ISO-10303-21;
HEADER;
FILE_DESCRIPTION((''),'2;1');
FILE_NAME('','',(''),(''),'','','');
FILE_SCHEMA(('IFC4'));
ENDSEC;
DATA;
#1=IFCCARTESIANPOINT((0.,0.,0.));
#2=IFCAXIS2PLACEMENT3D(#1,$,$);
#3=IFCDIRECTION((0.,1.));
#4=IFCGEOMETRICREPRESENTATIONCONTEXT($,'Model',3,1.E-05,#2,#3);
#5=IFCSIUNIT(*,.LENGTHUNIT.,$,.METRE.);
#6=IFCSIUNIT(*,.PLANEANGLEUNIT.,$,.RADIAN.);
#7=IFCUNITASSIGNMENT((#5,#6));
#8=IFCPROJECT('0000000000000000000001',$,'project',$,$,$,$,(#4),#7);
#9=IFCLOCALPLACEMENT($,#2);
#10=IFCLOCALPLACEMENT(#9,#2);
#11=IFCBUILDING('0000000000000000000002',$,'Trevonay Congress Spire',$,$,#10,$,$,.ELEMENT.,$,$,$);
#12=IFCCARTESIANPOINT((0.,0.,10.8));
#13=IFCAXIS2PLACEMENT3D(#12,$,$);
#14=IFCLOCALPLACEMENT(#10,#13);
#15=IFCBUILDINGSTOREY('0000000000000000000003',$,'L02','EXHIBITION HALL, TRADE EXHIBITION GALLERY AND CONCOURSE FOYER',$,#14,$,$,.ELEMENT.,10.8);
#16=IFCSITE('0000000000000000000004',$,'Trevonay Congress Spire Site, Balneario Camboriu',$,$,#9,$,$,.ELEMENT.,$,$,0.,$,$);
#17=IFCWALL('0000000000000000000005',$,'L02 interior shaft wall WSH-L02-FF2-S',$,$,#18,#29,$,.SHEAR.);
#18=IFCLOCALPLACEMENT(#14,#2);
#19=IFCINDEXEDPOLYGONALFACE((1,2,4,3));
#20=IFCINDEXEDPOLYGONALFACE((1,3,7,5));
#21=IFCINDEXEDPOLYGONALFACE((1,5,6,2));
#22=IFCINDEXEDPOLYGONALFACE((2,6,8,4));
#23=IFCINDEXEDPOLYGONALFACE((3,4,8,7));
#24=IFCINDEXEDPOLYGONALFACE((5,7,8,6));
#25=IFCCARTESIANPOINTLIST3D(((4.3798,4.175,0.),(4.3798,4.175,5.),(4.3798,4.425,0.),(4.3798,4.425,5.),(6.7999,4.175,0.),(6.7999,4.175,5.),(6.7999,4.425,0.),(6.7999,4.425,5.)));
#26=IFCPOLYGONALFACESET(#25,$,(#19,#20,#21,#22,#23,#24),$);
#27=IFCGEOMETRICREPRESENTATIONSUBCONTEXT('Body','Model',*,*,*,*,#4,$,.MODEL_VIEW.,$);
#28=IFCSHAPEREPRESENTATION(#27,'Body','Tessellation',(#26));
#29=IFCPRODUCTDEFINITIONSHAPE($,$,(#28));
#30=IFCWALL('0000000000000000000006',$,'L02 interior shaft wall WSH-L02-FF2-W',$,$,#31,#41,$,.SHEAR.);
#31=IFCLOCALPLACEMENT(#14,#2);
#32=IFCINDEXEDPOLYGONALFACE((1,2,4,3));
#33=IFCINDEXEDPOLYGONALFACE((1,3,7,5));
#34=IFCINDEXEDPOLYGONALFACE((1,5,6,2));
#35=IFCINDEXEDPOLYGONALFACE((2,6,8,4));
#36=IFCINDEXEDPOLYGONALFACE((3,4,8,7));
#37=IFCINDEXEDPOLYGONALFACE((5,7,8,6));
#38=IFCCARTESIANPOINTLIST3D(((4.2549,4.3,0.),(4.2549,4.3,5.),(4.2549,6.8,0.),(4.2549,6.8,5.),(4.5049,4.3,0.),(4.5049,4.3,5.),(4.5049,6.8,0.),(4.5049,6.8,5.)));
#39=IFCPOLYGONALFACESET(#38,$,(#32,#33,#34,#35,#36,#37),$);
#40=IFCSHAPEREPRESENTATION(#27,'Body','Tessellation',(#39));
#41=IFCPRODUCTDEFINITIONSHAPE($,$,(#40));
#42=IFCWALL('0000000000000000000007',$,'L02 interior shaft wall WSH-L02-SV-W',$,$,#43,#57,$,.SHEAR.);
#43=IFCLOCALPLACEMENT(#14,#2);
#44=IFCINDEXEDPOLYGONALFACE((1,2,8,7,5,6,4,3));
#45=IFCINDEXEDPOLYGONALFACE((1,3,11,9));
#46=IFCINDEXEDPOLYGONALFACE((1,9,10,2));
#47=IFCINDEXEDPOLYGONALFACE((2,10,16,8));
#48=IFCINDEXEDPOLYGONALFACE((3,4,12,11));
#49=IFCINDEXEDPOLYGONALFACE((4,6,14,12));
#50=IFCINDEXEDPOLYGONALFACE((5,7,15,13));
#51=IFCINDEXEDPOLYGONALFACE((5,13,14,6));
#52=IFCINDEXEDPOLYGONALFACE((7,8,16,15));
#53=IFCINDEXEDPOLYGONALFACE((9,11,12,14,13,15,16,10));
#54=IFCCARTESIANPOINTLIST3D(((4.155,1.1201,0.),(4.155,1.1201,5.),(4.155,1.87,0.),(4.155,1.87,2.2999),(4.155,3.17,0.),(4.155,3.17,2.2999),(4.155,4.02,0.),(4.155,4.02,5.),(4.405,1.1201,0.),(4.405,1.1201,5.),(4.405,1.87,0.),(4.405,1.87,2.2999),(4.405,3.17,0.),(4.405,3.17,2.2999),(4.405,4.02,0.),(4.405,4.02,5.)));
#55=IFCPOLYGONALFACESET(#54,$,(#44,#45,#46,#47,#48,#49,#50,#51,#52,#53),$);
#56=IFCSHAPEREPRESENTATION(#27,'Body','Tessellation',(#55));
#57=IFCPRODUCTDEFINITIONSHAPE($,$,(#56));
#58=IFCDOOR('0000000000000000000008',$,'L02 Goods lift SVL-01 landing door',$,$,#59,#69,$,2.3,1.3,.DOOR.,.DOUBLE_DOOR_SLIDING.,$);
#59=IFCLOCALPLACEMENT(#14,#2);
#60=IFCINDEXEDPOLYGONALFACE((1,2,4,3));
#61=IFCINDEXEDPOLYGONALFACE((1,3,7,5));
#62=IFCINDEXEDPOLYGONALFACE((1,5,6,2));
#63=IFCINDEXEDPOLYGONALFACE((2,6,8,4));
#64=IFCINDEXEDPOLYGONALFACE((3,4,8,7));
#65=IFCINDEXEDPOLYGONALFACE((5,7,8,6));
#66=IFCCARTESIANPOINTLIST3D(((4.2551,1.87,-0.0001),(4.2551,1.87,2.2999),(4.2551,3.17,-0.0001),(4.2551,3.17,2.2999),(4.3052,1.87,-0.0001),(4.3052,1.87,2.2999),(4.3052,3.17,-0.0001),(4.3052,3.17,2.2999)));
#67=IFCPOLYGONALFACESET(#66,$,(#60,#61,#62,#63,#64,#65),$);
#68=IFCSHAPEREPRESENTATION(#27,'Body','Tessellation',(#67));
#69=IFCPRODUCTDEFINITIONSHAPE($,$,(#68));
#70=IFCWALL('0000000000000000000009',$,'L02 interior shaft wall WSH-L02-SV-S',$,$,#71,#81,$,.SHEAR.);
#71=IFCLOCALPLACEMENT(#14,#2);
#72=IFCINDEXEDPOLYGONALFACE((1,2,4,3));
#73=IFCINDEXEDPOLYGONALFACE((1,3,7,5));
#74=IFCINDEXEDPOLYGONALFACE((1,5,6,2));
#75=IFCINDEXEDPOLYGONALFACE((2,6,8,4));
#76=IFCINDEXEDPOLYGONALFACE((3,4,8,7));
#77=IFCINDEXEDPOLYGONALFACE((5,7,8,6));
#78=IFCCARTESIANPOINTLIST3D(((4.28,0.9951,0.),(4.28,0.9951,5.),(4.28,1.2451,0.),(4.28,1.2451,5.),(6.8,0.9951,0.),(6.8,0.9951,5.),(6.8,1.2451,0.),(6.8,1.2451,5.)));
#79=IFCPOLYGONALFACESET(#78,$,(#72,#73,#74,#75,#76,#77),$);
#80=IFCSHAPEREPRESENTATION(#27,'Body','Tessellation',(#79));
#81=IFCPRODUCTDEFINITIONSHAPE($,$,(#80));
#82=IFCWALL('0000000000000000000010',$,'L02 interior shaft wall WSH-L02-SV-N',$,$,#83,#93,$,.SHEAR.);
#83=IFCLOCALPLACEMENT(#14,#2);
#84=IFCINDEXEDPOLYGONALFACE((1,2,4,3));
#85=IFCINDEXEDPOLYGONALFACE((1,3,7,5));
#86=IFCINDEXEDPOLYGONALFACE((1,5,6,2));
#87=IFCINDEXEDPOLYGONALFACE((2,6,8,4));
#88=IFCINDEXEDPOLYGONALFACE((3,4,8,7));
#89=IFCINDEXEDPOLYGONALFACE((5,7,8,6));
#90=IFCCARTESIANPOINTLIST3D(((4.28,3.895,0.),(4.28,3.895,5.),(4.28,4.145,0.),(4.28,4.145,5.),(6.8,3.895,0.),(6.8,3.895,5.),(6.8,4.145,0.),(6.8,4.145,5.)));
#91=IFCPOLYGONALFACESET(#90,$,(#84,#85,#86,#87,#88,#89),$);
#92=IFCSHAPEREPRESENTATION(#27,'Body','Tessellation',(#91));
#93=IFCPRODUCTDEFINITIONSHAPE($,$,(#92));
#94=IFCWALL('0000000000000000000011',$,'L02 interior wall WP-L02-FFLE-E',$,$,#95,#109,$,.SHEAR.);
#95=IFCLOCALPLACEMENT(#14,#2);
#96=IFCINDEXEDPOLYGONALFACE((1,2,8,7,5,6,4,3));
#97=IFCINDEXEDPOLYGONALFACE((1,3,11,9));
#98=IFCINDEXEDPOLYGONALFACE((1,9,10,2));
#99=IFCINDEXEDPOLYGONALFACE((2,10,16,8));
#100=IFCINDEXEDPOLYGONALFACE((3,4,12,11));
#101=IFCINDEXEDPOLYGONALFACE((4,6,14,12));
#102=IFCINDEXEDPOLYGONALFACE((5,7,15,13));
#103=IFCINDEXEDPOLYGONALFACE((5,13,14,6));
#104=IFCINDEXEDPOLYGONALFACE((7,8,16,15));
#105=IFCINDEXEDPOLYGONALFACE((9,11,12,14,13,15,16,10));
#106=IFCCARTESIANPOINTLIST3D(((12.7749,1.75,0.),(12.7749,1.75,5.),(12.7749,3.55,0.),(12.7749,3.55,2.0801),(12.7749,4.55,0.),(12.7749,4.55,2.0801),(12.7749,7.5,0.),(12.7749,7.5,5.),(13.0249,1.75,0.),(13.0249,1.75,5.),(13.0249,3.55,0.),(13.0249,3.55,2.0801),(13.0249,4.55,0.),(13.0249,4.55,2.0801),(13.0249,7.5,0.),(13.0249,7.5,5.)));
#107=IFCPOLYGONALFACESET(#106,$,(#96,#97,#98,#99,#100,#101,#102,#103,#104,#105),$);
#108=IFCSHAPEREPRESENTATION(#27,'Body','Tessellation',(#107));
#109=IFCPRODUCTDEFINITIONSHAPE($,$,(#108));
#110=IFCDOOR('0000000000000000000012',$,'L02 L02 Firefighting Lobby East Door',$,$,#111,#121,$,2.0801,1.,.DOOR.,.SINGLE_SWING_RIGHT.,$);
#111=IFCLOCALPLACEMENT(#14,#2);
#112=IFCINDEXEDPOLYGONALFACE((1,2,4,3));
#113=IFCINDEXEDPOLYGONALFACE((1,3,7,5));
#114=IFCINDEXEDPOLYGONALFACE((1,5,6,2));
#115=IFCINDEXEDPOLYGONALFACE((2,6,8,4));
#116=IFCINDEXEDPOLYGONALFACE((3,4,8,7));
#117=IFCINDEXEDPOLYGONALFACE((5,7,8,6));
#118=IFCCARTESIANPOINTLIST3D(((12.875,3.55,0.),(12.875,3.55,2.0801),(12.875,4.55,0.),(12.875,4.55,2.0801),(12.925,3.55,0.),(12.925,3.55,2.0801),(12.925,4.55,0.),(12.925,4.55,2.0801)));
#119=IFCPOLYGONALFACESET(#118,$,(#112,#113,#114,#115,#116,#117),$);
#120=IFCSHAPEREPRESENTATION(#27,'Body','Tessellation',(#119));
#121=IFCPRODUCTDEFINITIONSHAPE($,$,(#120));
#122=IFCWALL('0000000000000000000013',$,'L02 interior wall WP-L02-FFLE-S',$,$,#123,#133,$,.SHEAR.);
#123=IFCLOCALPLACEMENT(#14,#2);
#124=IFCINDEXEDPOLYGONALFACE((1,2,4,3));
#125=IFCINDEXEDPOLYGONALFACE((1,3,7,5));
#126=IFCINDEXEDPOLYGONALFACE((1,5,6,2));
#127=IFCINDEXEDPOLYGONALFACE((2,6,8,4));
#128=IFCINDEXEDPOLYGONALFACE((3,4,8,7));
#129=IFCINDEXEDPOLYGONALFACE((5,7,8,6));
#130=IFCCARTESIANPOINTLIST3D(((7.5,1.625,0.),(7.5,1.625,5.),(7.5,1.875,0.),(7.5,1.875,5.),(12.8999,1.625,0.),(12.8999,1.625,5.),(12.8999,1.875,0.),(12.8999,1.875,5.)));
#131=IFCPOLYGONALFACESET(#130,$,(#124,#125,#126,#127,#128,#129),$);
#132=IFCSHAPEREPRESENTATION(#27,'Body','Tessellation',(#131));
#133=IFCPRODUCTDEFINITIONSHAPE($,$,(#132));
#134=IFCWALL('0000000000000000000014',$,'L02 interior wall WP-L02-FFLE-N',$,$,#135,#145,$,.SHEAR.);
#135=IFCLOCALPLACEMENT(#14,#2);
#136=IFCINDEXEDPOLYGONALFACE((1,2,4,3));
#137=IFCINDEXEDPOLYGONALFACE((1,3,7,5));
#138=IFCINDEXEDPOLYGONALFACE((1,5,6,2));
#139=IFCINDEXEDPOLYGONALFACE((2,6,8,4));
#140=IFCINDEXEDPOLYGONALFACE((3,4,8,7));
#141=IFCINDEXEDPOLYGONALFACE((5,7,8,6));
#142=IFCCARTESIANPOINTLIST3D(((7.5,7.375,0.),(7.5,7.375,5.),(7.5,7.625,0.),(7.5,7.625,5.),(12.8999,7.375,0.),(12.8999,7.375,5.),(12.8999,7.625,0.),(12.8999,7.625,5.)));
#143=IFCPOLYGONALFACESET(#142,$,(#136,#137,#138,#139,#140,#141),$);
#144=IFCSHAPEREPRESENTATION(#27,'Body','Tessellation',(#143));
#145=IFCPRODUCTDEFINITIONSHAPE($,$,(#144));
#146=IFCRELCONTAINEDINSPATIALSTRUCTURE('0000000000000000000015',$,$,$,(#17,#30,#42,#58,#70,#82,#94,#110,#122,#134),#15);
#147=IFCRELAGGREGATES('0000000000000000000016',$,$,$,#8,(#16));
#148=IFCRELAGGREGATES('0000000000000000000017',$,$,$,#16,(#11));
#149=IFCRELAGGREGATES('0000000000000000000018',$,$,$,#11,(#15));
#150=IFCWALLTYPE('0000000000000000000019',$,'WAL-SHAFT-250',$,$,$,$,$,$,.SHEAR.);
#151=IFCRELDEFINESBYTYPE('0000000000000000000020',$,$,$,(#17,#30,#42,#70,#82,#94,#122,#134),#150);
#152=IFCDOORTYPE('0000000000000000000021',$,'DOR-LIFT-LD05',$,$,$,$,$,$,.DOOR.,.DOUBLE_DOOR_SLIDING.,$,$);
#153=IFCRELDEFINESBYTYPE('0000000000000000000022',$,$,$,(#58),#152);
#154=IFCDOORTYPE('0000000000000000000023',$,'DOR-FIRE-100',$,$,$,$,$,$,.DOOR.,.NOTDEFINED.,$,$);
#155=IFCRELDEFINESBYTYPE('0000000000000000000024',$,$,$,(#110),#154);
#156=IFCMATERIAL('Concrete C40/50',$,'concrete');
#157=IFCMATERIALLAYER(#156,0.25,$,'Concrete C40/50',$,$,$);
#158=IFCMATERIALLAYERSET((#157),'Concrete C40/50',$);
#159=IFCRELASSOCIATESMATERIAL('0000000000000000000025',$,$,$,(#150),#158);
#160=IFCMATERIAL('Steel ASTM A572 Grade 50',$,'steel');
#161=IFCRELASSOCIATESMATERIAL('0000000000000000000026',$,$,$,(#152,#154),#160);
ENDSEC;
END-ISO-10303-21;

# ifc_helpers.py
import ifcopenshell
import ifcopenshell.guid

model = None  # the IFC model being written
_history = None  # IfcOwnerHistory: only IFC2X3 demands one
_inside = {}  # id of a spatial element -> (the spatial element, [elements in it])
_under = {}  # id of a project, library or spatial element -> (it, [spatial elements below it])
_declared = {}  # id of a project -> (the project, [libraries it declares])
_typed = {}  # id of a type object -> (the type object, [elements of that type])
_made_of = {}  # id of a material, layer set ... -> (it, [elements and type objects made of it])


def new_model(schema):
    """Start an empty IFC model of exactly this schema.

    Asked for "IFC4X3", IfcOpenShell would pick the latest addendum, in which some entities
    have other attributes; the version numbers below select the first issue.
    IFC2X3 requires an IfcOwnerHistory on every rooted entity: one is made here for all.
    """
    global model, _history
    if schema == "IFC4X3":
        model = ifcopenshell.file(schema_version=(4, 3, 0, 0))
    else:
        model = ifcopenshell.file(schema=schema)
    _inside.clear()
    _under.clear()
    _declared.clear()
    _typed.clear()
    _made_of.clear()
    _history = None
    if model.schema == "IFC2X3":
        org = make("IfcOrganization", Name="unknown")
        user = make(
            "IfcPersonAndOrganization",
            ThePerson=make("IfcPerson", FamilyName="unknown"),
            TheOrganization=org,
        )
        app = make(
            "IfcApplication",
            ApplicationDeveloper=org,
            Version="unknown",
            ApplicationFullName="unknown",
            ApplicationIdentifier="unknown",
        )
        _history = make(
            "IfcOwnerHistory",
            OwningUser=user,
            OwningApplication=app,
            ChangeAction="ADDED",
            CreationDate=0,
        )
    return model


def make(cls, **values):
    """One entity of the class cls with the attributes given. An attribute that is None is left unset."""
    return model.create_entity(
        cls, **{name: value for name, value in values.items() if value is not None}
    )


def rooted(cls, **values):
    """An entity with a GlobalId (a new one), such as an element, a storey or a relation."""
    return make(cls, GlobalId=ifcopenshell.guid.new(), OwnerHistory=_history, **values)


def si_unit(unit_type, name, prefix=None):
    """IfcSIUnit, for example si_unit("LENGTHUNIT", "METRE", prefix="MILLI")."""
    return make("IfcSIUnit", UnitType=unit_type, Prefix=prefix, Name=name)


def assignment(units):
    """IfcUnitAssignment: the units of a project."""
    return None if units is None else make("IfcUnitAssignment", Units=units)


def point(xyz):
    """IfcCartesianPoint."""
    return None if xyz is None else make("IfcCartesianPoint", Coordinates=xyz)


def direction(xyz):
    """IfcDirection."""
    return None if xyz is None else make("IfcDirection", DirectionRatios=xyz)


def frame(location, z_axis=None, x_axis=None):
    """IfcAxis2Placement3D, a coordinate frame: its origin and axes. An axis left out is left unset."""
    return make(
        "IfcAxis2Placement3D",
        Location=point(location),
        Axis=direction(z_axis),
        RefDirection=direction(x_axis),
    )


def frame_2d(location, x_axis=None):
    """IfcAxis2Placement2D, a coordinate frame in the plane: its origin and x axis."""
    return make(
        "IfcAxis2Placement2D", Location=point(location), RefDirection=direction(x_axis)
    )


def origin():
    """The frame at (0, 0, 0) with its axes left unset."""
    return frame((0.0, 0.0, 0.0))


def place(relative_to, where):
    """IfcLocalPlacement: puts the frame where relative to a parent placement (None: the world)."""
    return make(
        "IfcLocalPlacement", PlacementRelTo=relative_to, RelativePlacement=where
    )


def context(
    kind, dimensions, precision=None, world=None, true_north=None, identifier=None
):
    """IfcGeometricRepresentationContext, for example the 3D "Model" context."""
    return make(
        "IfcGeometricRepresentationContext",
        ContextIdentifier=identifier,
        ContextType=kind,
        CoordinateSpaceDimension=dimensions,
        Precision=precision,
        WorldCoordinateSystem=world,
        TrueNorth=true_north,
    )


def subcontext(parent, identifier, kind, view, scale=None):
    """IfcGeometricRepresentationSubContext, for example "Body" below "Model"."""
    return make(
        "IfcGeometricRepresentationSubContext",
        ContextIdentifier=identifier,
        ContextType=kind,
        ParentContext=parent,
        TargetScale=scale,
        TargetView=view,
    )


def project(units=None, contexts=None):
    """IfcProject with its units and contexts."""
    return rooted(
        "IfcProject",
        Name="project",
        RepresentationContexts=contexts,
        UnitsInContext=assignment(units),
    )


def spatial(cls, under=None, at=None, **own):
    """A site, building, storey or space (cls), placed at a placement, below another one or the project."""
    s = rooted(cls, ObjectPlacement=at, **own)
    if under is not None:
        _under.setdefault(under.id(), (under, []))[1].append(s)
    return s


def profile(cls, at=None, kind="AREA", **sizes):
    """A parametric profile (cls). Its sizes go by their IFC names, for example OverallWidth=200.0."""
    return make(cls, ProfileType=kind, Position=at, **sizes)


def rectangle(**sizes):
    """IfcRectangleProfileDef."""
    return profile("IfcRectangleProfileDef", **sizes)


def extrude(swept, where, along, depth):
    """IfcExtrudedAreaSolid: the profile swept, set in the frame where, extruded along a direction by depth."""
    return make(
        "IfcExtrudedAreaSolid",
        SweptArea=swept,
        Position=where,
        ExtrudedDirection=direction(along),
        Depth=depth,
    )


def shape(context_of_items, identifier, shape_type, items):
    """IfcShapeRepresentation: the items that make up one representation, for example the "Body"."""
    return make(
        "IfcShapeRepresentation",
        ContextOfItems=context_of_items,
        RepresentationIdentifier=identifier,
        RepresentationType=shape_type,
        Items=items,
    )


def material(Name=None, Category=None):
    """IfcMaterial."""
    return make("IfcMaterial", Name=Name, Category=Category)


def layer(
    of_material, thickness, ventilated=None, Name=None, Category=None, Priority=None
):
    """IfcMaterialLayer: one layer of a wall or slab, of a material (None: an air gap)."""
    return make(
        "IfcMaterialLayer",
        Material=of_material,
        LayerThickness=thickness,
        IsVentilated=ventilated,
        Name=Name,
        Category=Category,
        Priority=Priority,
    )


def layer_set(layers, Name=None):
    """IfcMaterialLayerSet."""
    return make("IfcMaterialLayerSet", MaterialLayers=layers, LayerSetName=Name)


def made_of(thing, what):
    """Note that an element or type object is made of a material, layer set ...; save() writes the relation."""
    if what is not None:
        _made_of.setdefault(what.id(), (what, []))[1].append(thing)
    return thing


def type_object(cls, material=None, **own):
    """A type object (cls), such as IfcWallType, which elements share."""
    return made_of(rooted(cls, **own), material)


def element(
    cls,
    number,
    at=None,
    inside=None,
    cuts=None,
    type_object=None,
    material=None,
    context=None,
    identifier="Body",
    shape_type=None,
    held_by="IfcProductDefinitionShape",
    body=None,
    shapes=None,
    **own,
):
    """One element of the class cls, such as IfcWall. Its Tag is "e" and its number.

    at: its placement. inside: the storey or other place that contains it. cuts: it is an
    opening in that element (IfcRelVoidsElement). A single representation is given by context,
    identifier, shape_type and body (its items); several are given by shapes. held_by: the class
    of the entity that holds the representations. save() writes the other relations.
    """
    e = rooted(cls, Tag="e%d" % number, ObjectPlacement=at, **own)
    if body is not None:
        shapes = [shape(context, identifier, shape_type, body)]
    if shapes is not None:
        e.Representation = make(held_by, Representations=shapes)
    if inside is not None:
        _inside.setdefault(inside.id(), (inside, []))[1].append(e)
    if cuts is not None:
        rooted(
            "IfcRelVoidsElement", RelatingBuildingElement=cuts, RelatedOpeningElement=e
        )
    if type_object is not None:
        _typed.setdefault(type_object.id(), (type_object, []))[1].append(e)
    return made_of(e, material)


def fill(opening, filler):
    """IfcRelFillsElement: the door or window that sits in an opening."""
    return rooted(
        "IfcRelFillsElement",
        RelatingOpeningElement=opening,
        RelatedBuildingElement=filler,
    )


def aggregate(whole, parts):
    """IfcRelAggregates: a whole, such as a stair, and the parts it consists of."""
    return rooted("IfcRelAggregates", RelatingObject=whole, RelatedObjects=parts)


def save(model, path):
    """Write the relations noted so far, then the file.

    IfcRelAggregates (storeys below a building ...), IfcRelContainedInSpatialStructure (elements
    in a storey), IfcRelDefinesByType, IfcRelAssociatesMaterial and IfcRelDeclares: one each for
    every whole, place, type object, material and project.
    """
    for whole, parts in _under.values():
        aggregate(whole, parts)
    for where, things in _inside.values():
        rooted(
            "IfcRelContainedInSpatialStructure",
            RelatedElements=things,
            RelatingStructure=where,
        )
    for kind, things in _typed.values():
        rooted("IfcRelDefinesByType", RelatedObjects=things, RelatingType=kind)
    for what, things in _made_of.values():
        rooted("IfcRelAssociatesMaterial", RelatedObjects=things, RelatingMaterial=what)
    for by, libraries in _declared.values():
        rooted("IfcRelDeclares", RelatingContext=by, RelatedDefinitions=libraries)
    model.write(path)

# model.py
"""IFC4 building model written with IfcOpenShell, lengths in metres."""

from ifc_helpers import new_model, si_unit, direction, frame, frame_2d, origin, place, context, subcontext, project, spatial, rectangle, extrude, material, layer, layer_set, type_object, element, fill, save


model = new_model("IFC4")

# Units and contexts
model_context = context("Model", 3, precision=1e-05, world=origin(), true_north=direction((0.0, 1.0)))
body_context = subcontext(model_context, "Body", "Model", "MODEL_VIEW")
ifc_project = project(units=[si_unit("LENGTHUNIT", "METRE"), si_unit("PLANEANGLEUNIT", "RADIAN")], contexts=[model_context])

# Site, building, storey
site_placement = place(None, origin())
site = spatial("IfcSite", under=ifc_project, at=site_placement, Name="Trevonay Congress Spire Site, Balneario Camboriu", CompositionType="ELEMENT", RefElevation=0.0)
building_placement = place(site_placement, origin())
building = spatial("IfcBuilding", under=site, at=building_placement, Name="Trevonay Congress Spire", CompositionType="ELEMENT")
storey_placement = place(building_placement, frame((0.0, 0.0, 10.8)))
storey = spatial("IfcBuildingStorey", under=building, at=storey_placement, Name="L02", Description="EXHIBITION HALL, TRADE EXHIBITION GALLERY AND CONCOURSE FOYER", CompositionType="ELEMENT", Elevation=10.8)

# Shared definitions
ifc_material_1 = material(Name="Steel ASTM A572 Grade 50", Category="steel")

# Walls
ifc_material_2 = material(Name="Concrete C40/50", Category="concrete")
ifc_layer = layer(ifc_material_2, 0.25, Name="Concrete C40/50")
ifc_layer_set = layer_set([ifc_layer], Name="Concrete C40/50")
wall_type = type_object("IfcWallType", Name="WAL-SHAFT-250", PredefinedType="SHEAR", material=ifc_layer_set)
wall_1_placement = place(storey_placement, frame((4.3799, 4.3, 0.0), z_axis=(0.0, 0.0, 1.0), x_axis=(1.0, 0.0, 0.0)))
element("IfcWall", 1, at=wall_1_placement, inside=storey, type_object=wall_type, Name="L02 interior shaft wall WSH-L02-FF2-S", PredefinedType="SHEAR", context=body_context, shape_type="SweptSolid", body=[
    extrude(rectangle(XDim=2.4202, YDim=0.25, at=frame_2d((1.21, 0.0))), origin(), (0.0, 0.0, 1.0), 5.0),
])
wall_2_placement = place(storey_placement, frame((4.3799, 4.3, 0.0), z_axis=(0.0, 0.0, 1.0), x_axis=(0.0, 1.0, 0.0)))
element("IfcWall", 2, at=wall_2_placement, inside=storey, type_object=wall_type, Name="L02 interior shaft wall WSH-L02-FF2-W", PredefinedType="SHEAR", context=body_context, shape_type="SweptSolid", body=[
    extrude(rectangle(XDim=2.5, YDim=0.25, at=frame_2d((1.25, 0.0))), origin(), (0.0, 0.0, 1.0), 5.0),
])

# Wall, opening, door
wall_3_placement = place(storey_placement, frame((4.28, 1.1201, 0.0), z_axis=(0.0, 0.0, 1.0), x_axis=(0.0, 1.0, 0.0)))
wall_3 = element("IfcWall", 3, at=wall_3_placement, inside=storey, type_object=wall_type, Name="L02 interior shaft wall WSH-L02-SV-W", PredefinedType="SHEAR", context=body_context, shape_type="SweptSolid", body=[
    extrude(rectangle(XDim=2.8999, YDim=0.25, at=frame_2d((1.45, 0.0))), origin(), (0.0, 0.0, 1.0), 5.0),
])
opening_1_placement = place(wall_3_placement, frame((0.75, 0.0, 0.0)))
opening_1 = element("IfcOpeningElement", 4, at=opening_1_placement, cuts=wall_3, PredefinedType="OPENING", context=body_context, shape_type="SweptSolid", body=[
    extrude(rectangle(XDim=1.3, YDim=2.3, at=frame_2d((0.6499, 1.1499))), frame((0.0, 0.135, 0.0), z_axis=(0.0, -1.0, 0.0), x_axis=(1.0, 0.0, 0.0)), (0.0, 0.0, 1.0), 0.27),
])
door_type_1 = type_object("IfcDoorType", Name="DOR-LIFT-LD05", OperationType="DOUBLE_DOOR_SLIDING", PredefinedType="DOOR", material=ifc_material_1)
door_1_placement = place(opening_1_placement, origin())
door_1 = element("IfcDoor", 5, at=door_1_placement, inside=storey, type_object=door_type_1, Name="L02 Goods lift SVL-01 landing door", OperationType="DOUBLE_DOOR_SLIDING", OverallHeight=2.3, OverallWidth=1.3, PredefinedType="DOOR", context=body_context, shape_type="SweptSolid", body=[
    extrude(rectangle(XDim=1.3, YDim=2.3, at=frame_2d((0.6499, 1.1499))), frame((0.0, 0.0249, 0.0), z_axis=(0.0, -1.0, 0.0), x_axis=(1.0, 0.0, 0.0)), (0.0, 0.0, 1.0), 0.05),
])
fill(opening_1, door_1)

# Walls
for number, where, z_axis, x_axis, name in (
    (6, (4.28, 1.1201, 0.0), (0.0, 0.0, 1.0), (1.0, 0.0, 0.0), "L02 interior shaft wall WSH-L02-SV-S"),
    (7, (4.28, 4.02, 0.0), (0.0, 0.0, 1.0), (1.0, 0.0, 0.0), "L02 interior shaft wall WSH-L02-SV-N"),
):
    element("IfcWall", number, at=place(storey_placement, frame(where, z_axis=z_axis, x_axis=x_axis)), inside=storey, type_object=wall_type, Name=name, PredefinedType="SHEAR", context=body_context, shape_type="SweptSolid", body=[
        extrude(rectangle(XDim=2.52, YDim=0.25, at=frame_2d((1.26, 0.0))), origin(), (0.0, 0.0, 1.0), 5.0),
    ])

# Wall, opening, door
wall_4_placement = place(storey_placement, frame((12.8999, 1.75, 0.0), z_axis=(0.0, 0.0, 1.0), x_axis=(0.0, 1.0, 0.0)))
wall_4 = element("IfcWall", 8, at=wall_4_placement, inside=storey, type_object=wall_type, Name="L02 interior wall WP-L02-FFLE-E", PredefinedType="SHEAR", context=body_context, shape_type="SweptSolid", body=[
    extrude(rectangle(XDim=5.75, YDim=0.25, at=frame_2d((2.875, 0.0))), origin(), (0.0, 0.0, 1.0), 5.0),
])
opening_2_placement = place(wall_4_placement, frame((1.8, 0.0, 0.0)))
opening_2 = element("IfcOpeningElement", 9, at=opening_2_placement, cuts=wall_4, PredefinedType="OPENING", context=body_context, shape_type="SweptSolid", body=[
    extrude(rectangle(XDim=1.0, YDim=2.0801, at=frame_2d((0.5, 1.04))), frame((0.0, 0.135, 0.0), z_axis=(0.0, -1.0, 0.0), x_axis=(1.0, 0.0, 0.0)), (0.0, 0.0, 1.0), 0.27),
])
door_type_2 = type_object("IfcDoorType", Name="DOR-FIRE-100", OperationType="NOTDEFINED", PredefinedType="DOOR", material=ifc_material_1)
door_2_placement = place(opening_2_placement, origin())
door_2 = element("IfcDoor", 10, at=door_2_placement, inside=storey, type_object=door_type_2, Name="L02 L02 Firefighting Lobby East Door", OperationType="SINGLE_SWING_RIGHT", OverallHeight=2.0801, OverallWidth=1.0, PredefinedType="DOOR", context=body_context, shape_type="SweptSolid", body=[
    extrude(rectangle(XDim=1.0, YDim=2.0801, at=frame_2d((0.5, 1.04))), frame((0.0, 0.0249, 0.0), z_axis=(0.0, -1.0, 0.0), x_axis=(1.0, 0.0, 0.0)), (0.0, 0.0, 1.0), 0.05),
])
fill(opening_2, door_2)

# Walls
for number, where, z_axis, x_axis, name in (
    (11, (7.5, 1.75, 0.0), (0.0, 0.0, 1.0), (1.0, 0.0, 0.0), "L02 interior wall WP-L02-FFLE-S"),
    (12, (7.5, 7.5, 0.0), (0.0, 0.0, 1.0), (1.0, 0.0, 0.0), "L02 interior wall WP-L02-FFLE-N"),
):
    element("IfcWall", number, at=place(storey_placement, frame(where, z_axis=z_axis, x_axis=x_axis)), inside=storey, type_object=wall_type, Name=name, PredefinedType="SHEAR", context=body_context, shape_type="SweptSolid", body=[
        extrude(rectangle(XDim=5.3999, YDim=0.25, at=frame_2d((2.7, 0.0))), origin(), (0.0, 0.0, 1.0), 5.0),
    ])

save(model, "model.ifc")
